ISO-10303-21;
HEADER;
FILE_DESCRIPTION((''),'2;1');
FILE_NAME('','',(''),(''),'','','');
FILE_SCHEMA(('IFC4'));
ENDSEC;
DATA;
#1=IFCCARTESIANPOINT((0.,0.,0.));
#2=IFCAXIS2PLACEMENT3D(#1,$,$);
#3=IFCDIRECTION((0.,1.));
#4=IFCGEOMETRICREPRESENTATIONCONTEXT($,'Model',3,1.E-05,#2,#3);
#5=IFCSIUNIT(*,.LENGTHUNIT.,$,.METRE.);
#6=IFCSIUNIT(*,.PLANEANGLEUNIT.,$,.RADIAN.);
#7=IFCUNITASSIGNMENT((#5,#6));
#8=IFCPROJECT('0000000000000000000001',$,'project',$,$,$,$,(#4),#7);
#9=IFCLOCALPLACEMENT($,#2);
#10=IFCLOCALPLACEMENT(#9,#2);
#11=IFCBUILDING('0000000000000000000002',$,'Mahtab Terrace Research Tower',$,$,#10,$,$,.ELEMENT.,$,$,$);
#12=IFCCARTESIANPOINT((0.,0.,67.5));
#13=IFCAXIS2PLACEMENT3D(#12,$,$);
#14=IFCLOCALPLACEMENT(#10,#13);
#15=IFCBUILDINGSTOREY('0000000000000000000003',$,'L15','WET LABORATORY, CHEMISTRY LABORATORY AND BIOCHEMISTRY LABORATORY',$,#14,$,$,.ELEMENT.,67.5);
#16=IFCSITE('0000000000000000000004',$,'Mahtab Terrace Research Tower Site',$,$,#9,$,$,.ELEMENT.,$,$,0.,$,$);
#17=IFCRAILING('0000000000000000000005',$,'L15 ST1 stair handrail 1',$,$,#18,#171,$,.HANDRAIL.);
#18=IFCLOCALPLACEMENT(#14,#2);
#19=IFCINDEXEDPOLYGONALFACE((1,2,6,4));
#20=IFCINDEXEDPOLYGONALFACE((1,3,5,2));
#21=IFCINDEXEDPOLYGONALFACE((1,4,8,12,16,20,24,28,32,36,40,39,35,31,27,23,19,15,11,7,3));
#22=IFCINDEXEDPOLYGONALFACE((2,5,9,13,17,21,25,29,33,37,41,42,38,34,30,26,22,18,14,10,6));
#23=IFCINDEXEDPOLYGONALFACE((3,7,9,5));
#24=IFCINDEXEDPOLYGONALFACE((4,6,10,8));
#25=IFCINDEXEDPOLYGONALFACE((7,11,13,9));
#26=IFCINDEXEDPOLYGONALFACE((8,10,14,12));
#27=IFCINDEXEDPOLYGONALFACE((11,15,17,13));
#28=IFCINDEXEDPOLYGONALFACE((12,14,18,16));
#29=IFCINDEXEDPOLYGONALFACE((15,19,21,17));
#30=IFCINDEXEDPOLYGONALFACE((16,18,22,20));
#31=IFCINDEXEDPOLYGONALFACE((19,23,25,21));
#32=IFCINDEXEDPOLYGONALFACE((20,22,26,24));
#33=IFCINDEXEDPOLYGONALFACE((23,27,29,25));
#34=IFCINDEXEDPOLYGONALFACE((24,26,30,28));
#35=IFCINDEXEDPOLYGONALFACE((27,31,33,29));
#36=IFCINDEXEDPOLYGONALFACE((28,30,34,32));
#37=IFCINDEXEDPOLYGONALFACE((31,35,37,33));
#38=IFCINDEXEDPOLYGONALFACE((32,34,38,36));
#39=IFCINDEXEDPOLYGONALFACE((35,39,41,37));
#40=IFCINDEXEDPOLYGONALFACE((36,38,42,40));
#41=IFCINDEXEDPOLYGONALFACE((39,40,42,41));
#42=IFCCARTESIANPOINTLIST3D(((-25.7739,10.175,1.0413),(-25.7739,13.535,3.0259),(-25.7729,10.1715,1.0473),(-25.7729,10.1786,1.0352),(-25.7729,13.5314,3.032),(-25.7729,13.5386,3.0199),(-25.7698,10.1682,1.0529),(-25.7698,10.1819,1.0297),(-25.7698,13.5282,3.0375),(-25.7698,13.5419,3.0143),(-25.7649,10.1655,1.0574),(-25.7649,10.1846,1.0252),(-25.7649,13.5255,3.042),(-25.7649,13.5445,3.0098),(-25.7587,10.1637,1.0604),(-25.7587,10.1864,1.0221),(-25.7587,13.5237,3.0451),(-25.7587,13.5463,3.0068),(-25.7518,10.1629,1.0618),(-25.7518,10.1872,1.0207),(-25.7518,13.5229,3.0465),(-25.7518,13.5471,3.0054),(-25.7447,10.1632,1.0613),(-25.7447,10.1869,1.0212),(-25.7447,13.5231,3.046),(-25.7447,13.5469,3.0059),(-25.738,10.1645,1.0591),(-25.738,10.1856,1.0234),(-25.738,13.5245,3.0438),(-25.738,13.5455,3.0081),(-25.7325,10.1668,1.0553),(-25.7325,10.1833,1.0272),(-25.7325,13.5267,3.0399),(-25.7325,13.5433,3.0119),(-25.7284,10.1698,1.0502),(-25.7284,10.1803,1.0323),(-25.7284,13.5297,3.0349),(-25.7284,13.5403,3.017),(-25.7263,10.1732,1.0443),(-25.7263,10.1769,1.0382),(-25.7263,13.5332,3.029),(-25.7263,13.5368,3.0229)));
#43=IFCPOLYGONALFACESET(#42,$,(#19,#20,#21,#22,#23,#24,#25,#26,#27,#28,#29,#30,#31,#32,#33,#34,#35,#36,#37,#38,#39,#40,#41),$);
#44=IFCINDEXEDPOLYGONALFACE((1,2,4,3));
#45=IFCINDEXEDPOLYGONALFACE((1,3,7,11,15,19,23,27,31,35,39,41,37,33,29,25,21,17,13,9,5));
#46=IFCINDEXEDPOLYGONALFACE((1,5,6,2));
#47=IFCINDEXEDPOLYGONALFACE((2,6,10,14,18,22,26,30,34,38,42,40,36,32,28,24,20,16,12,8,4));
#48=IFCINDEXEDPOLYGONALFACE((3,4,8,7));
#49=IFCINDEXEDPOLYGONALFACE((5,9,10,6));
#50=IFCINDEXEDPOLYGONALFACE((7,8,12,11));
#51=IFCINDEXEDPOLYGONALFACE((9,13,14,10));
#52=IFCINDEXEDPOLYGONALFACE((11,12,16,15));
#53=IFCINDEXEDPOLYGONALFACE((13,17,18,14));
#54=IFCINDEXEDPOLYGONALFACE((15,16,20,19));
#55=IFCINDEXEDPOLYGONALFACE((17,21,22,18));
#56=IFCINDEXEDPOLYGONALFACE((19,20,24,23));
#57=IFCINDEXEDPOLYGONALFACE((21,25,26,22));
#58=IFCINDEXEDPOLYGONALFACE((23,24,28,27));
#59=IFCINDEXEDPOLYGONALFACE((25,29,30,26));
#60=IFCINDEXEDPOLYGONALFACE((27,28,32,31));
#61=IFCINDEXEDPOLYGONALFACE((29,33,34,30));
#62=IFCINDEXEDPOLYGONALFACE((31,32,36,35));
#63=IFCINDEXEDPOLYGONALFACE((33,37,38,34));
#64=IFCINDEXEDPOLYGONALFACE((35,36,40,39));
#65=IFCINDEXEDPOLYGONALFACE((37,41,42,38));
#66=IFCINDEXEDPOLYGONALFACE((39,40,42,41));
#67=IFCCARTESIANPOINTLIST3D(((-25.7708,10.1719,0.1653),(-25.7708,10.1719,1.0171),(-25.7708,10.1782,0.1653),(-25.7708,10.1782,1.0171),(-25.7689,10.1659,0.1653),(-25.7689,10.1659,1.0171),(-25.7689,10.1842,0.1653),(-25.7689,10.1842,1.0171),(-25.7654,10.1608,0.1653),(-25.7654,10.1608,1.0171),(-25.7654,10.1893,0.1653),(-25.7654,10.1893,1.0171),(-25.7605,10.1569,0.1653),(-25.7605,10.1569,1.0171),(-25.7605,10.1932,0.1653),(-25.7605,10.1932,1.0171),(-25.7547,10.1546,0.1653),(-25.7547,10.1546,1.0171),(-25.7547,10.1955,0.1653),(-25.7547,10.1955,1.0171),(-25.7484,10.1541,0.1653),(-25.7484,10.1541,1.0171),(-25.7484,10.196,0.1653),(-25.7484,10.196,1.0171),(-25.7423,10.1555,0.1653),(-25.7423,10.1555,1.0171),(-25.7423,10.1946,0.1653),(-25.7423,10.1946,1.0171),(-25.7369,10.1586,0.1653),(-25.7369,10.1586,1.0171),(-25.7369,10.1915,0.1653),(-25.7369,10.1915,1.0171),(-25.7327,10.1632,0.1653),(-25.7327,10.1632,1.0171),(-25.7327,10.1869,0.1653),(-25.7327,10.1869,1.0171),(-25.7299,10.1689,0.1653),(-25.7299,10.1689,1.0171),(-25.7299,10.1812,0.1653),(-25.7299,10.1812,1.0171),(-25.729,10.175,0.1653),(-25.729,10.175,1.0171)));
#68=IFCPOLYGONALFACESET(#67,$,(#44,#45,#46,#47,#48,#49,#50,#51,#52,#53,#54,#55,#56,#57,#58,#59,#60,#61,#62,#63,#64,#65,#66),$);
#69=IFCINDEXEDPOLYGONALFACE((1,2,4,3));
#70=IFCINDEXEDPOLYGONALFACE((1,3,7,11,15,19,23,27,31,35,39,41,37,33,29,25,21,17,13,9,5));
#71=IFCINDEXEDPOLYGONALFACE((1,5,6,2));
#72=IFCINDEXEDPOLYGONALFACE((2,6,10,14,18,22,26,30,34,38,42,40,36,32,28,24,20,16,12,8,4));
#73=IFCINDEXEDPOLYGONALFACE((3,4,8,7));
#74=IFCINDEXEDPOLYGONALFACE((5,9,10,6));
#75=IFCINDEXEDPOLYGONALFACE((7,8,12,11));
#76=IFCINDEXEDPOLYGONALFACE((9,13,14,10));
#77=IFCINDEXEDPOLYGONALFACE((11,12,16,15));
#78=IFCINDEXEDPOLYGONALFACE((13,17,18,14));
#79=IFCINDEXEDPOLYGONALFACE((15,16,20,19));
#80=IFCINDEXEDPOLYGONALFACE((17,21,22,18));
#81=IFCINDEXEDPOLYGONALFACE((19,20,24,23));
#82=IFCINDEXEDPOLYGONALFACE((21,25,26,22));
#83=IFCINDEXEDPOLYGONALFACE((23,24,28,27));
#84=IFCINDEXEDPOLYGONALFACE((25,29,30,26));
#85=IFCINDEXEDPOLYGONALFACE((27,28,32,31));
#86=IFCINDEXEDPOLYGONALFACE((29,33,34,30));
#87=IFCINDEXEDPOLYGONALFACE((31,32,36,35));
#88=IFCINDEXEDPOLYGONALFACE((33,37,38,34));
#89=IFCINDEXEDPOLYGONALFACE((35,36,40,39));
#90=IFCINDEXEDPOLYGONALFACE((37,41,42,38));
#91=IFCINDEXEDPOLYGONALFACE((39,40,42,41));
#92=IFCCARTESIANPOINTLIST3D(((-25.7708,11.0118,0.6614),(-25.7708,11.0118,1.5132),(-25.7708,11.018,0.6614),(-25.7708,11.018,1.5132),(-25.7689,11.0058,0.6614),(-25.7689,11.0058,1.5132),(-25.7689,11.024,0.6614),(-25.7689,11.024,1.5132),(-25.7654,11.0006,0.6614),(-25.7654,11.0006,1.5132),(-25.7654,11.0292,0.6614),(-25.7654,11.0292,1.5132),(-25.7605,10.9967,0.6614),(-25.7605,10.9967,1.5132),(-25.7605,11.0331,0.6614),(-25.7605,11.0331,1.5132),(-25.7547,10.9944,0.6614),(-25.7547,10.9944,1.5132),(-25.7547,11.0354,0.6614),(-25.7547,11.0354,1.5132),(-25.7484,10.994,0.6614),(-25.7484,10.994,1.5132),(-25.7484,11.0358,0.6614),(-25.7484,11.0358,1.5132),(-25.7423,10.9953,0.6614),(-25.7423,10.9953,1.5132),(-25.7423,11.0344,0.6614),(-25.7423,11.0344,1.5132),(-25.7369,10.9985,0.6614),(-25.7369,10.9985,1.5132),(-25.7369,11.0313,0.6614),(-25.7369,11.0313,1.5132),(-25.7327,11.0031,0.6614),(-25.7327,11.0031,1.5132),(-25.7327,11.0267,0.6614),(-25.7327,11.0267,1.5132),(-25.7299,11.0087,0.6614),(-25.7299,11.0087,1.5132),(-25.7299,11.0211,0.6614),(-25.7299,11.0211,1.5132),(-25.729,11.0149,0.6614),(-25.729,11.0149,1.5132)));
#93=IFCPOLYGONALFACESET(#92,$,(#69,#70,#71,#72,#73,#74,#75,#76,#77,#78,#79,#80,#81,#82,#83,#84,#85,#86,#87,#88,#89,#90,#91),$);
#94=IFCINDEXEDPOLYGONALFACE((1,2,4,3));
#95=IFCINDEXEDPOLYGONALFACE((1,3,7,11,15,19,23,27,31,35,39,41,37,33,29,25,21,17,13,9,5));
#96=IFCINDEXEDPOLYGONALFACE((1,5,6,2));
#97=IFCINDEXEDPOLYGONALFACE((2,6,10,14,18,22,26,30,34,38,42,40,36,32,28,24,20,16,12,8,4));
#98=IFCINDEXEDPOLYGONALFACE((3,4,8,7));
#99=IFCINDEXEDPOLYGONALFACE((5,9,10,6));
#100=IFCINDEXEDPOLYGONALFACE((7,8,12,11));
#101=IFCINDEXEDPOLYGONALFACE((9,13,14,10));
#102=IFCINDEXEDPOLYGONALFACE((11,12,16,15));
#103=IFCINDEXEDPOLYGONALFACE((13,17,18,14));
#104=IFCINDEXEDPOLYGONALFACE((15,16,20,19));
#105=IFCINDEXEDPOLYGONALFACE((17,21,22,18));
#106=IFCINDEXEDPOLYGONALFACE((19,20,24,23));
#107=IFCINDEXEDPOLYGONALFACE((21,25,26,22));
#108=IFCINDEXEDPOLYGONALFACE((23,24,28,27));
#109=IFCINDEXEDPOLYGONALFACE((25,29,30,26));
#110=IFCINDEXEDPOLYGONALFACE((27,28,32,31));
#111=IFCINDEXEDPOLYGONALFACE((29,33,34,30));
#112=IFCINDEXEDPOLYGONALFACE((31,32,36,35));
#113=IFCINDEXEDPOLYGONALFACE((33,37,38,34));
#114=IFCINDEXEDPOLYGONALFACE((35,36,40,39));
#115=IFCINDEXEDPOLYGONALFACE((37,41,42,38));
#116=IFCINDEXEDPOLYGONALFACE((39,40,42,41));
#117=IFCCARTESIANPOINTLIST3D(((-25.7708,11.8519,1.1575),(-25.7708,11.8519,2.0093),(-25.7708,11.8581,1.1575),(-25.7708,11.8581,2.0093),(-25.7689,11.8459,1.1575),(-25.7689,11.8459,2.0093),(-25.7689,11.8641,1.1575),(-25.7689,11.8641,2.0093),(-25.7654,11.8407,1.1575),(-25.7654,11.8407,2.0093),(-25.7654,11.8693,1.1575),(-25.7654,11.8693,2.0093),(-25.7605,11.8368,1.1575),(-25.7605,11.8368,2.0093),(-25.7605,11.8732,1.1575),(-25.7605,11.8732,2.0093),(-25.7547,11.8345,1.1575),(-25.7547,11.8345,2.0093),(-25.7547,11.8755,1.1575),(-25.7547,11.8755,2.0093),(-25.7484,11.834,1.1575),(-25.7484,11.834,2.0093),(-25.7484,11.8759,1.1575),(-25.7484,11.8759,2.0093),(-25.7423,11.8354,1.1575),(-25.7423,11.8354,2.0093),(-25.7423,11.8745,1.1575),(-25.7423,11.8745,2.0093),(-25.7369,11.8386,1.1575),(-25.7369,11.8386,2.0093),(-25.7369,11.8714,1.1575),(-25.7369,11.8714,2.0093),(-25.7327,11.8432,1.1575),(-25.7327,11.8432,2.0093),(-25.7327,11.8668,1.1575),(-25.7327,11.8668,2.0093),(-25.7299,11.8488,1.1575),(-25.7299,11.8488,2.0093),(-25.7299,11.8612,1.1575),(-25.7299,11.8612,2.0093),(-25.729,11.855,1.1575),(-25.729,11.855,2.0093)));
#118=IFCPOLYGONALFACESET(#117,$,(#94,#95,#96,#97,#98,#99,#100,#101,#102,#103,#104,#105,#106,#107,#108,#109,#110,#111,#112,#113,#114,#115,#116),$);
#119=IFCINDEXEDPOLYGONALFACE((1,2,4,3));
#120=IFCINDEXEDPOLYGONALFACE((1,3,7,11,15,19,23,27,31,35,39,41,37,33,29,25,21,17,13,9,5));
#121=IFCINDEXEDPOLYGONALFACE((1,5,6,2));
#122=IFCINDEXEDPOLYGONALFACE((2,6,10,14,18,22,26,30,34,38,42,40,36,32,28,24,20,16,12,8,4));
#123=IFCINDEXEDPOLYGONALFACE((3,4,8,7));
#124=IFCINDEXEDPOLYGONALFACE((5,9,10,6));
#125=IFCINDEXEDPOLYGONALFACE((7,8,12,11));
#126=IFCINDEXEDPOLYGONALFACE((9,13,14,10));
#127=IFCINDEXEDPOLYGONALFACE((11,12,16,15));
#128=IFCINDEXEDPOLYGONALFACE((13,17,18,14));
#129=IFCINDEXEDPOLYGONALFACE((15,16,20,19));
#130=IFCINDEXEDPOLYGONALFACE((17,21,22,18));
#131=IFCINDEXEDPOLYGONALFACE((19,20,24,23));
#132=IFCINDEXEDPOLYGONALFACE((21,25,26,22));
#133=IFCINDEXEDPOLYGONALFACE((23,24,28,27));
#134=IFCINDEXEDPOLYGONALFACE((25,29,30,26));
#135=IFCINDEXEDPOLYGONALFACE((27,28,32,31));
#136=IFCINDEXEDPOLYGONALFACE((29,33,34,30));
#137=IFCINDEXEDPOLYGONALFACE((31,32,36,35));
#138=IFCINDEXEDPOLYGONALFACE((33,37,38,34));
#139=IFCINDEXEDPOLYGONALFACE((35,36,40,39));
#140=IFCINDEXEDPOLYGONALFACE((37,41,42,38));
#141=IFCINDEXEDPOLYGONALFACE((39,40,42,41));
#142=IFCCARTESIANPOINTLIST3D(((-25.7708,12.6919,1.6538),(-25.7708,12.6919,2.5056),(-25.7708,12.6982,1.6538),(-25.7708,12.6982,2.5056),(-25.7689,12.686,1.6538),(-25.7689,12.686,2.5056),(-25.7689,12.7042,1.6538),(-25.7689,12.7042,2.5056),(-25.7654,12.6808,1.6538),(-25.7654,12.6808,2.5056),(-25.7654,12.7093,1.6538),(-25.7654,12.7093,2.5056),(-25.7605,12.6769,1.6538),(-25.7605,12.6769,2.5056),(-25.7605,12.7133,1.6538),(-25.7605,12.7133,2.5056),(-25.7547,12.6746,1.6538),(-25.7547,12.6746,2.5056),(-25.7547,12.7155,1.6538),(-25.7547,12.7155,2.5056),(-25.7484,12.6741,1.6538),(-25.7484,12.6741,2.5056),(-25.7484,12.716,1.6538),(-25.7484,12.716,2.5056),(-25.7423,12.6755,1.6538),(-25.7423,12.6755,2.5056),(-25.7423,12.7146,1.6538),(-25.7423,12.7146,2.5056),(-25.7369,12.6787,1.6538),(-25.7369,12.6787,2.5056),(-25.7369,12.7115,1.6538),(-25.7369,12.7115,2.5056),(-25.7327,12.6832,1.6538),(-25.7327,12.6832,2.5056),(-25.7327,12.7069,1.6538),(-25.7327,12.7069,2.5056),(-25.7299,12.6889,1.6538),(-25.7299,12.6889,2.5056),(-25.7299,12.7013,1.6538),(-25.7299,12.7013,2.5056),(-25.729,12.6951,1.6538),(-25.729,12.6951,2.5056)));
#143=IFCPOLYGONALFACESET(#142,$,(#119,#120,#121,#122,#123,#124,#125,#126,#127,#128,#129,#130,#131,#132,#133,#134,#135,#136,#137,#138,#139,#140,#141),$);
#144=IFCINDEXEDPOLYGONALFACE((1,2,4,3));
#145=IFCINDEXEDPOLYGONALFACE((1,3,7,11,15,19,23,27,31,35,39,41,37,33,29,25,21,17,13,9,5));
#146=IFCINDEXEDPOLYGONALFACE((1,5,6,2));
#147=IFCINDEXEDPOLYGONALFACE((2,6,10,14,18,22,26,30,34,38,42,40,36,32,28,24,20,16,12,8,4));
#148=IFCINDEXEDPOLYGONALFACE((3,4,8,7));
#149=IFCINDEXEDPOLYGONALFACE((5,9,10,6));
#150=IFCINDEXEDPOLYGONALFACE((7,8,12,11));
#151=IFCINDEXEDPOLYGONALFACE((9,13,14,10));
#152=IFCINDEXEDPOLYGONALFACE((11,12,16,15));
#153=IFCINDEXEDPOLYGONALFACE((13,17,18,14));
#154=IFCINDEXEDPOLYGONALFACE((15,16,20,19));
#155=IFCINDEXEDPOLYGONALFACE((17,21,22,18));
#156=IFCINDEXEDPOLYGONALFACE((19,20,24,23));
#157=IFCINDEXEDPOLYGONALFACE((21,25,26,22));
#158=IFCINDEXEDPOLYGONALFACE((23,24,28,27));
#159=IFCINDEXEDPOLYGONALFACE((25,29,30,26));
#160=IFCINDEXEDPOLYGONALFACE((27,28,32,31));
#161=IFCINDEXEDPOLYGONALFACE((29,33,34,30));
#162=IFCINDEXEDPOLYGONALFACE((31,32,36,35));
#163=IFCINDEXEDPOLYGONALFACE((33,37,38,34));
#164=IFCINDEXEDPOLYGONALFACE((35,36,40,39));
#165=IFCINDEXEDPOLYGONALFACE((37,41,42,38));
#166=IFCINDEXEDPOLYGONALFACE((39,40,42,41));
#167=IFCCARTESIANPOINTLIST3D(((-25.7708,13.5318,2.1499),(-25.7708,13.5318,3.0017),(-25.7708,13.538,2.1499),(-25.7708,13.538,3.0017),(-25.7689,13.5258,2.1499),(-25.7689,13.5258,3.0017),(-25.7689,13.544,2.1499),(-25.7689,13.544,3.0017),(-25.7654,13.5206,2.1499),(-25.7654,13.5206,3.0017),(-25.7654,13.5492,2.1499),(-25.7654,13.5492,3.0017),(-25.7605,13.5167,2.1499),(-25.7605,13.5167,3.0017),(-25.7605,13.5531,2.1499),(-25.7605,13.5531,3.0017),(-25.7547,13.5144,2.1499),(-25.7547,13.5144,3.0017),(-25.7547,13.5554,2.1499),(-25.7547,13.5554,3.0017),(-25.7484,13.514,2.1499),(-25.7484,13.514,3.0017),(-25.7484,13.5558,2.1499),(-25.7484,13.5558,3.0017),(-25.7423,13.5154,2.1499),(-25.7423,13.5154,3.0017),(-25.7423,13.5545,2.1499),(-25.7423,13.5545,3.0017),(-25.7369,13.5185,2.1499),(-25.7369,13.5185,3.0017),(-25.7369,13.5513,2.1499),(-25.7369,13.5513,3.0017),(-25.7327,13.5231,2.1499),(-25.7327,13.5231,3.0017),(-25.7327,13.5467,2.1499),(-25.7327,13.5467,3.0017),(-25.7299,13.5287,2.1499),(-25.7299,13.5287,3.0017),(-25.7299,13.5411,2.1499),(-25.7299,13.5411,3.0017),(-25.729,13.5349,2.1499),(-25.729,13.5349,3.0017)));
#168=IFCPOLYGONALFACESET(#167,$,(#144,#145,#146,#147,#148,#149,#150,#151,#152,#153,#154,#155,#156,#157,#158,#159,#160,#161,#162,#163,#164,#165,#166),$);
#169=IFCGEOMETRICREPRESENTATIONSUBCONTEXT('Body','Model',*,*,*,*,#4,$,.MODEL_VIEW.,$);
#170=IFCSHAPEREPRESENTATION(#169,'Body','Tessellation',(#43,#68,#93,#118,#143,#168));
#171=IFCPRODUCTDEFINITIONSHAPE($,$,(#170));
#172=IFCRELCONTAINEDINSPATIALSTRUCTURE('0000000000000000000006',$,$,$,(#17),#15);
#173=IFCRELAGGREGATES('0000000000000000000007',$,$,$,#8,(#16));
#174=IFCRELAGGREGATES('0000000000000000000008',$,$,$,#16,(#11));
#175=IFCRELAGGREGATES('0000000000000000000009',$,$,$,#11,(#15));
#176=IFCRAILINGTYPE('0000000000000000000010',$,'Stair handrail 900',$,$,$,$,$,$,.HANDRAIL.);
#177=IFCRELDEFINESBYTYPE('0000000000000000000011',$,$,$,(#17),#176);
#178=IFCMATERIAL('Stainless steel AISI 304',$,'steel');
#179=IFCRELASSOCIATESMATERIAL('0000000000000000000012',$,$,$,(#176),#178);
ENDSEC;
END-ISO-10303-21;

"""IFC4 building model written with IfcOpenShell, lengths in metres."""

from ifc_helpers import new_model, si_unit, direction, frame, origin, origin_2d, place, context, subcontext, project, spatial, circle, extrude, material, type_object, element, save


model = new_model("IFC4")

# Units and contexts
model_context = context("Model", 3, precision=1e-05, world=origin(), true_north=direction((0.0, 1.0)))
body_context = subcontext(model_context, "Body", "Model", "MODEL_VIEW")
ifc_project = project(units=[si_unit("LENGTHUNIT", "METRE"), si_unit("PLANEANGLEUNIT", "RADIAN")], contexts=[model_context])

# Site, building, storey
site_placement = place(None, origin())
site = spatial("IfcSite", under=ifc_project, at=site_placement, Name="Mahtab Terrace Research Tower Site", CompositionType="ELEMENT", RefElevation=0.0)
building_placement = place(site_placement, origin())
building = spatial("IfcBuilding", under=site, at=building_placement, Name="Mahtab Terrace Research Tower", CompositionType="ELEMENT")
storey_placement = place(building_placement, frame((0.0, 0.0, 67.5)))
storey = spatial("IfcBuildingStorey", under=building, at=storey_placement, Name="L15", Description="WET LABORATORY, CHEMISTRY LABORATORY AND BIOCHEMISTRY LABORATORY", CompositionType="ELEMENT", Elevation=67.5)

# Railing
ifc_material_1 = material(Name="Stainless steel AISI 304", Category="steel")
railing_type_1 = type_object("IfcRailingType", Name="Stair handrail 900", PredefinedType="HANDRAIL", material=ifc_material_1)
railing_1_placement = place(storey_placement, frame((-25.75, 10.175, 0.1653)))
element("IfcRailing", 1, at=railing_1_placement, inside=storey, type_object=railing_type_1, Name="L15 ST1 stair handrail 1", PredefinedType="HANDRAIL", context=body_context, shape_type="SweptSolid", body=[
    extrude(circle(Radius=0.0239, at=origin_2d()), frame((0.0, 0.0, 0.876), z_axis=(0.0, 0.861011, 0.508586), x_axis=(-1.0, 0.0, 0.0)), (0.0, 0.0, 1.0), 3.9023),
    extrude(circle(Radius=0.021, at=origin_2d()), origin(), (0.0, 0.0, 1.0), 0.8518),
    extrude(circle(Radius=0.021, at=origin_2d()), frame((0.0, 0.8398, 0.4961)), (0.0, 0.0, 1.0), 0.8518),
    extrude(circle(Radius=0.021, at=origin_2d()), frame((0.0, 1.6799, 0.9922)), (0.0, 0.0, 1.0), 0.8518),
    extrude(circle(Radius=0.021, at=origin_2d()), frame((0.0, 2.52, 1.4885)), (0.0, 0.0, 1.0), 0.8518),
    extrude(circle(Radius=0.021, at=origin_2d()), frame((0.0, 3.3599, 1.9846)), (0.0, 0.0, 1.0), 0.8518),
])

save(model, "model.ifc")
